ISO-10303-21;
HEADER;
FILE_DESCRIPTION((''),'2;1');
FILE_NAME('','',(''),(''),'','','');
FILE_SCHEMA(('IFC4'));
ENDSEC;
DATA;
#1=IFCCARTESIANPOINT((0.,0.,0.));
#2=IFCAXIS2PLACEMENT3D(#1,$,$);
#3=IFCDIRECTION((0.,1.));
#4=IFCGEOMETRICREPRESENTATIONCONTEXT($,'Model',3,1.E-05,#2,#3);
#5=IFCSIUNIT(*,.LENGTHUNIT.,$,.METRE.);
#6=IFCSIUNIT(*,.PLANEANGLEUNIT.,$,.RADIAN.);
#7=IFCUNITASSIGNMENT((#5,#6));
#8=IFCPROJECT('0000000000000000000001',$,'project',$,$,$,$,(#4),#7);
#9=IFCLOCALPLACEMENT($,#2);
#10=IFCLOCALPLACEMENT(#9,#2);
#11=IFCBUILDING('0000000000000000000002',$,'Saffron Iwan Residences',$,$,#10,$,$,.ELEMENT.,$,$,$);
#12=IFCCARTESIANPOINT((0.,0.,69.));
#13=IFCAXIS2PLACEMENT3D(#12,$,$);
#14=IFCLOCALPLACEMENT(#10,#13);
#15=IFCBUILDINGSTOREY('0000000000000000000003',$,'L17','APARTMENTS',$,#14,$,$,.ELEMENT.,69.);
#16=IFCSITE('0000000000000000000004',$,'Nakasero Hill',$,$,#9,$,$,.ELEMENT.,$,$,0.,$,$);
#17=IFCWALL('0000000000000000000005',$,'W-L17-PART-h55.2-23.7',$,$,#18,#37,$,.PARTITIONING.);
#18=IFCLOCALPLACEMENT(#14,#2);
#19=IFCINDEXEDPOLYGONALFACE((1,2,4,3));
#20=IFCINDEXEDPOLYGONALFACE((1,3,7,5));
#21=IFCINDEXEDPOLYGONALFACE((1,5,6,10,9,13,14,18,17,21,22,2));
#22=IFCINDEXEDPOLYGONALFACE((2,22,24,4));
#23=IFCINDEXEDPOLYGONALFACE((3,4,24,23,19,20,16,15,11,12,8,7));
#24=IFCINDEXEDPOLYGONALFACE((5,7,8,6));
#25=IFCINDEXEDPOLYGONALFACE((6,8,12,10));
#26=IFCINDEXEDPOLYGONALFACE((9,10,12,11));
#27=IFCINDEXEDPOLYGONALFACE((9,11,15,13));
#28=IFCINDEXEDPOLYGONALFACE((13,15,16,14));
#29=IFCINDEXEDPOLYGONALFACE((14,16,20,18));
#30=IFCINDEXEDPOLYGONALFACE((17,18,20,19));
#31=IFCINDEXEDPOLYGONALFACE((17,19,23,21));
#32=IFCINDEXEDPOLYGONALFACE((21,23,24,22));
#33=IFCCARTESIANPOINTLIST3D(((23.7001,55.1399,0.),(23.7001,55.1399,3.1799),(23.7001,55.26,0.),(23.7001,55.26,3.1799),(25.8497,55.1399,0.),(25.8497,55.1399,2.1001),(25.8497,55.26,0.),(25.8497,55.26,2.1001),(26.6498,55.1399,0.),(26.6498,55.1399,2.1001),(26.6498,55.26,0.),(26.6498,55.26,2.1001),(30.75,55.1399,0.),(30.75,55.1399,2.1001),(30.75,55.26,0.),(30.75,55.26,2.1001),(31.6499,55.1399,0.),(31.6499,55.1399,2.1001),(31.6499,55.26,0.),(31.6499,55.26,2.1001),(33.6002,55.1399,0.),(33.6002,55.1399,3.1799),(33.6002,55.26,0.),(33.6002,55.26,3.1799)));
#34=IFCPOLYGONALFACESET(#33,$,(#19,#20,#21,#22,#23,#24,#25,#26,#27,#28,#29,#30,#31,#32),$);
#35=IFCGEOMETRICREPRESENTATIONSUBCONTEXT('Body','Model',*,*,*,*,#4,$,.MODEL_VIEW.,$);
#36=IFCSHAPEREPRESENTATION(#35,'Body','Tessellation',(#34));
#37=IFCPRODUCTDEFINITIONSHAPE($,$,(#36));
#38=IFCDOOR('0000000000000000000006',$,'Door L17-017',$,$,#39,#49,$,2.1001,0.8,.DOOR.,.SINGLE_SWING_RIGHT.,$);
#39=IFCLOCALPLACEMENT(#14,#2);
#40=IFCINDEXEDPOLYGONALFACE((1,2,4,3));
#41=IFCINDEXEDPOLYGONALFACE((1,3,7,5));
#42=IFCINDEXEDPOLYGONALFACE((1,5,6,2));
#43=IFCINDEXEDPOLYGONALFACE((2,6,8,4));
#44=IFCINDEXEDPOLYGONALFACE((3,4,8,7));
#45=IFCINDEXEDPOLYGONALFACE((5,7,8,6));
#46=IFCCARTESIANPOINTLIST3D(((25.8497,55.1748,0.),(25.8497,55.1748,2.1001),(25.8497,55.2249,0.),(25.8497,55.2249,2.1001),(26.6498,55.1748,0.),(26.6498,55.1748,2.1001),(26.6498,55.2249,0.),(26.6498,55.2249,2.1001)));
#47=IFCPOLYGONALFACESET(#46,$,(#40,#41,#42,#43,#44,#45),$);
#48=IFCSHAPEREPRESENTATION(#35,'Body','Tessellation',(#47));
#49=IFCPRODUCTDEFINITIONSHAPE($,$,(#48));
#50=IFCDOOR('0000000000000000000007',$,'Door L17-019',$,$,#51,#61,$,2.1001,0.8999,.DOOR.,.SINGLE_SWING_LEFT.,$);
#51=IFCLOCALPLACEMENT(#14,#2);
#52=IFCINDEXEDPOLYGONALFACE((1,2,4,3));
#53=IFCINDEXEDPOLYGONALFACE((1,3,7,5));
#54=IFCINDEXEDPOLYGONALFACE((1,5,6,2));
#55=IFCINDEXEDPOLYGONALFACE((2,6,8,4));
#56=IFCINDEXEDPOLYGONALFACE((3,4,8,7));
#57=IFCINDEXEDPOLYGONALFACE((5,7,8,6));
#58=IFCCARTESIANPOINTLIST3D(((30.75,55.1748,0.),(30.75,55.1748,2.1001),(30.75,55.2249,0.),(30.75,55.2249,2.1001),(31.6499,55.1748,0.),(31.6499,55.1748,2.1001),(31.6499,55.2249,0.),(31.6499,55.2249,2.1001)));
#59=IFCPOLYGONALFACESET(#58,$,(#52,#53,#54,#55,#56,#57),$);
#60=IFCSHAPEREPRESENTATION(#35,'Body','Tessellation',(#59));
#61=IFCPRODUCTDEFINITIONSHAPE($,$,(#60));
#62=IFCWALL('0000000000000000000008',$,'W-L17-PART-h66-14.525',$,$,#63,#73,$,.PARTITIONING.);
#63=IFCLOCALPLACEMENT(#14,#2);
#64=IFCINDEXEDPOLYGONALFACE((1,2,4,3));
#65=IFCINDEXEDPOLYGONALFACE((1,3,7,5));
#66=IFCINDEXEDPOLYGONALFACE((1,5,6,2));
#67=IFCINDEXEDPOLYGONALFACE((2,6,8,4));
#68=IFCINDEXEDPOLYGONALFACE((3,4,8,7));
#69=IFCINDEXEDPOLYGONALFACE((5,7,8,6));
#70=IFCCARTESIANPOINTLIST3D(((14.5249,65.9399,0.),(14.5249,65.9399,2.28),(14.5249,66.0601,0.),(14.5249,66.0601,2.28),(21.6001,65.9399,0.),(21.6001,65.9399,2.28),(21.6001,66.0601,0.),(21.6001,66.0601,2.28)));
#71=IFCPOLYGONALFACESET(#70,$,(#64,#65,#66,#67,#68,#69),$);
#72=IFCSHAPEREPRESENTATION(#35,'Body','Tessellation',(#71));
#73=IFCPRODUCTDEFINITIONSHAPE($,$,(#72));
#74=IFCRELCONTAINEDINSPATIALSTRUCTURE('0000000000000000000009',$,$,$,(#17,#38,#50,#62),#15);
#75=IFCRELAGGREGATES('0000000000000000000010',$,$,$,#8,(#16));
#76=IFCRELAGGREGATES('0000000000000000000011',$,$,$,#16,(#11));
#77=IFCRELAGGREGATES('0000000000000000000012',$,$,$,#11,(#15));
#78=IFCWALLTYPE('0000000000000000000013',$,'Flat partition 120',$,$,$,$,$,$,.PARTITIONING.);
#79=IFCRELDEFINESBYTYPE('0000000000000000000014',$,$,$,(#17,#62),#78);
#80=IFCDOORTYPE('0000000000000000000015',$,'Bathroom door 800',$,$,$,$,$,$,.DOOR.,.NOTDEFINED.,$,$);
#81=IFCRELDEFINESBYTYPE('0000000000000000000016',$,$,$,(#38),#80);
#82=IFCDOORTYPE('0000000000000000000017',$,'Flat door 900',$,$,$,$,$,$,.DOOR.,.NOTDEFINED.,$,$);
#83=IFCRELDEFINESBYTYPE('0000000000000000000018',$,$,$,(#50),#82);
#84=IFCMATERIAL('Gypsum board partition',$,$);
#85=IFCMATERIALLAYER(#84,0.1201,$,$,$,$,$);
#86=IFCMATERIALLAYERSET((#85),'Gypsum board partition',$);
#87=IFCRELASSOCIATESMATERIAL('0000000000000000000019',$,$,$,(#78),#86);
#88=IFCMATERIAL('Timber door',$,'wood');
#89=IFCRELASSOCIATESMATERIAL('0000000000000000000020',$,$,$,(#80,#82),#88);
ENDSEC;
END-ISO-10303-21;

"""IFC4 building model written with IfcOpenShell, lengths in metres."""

from ifc_helpers import new_model, si_unit, direction, frame, frame_2d, origin, place, context, subcontext, project, spatial, rectangle, extrude, material, layer, layer_set, type_object, element, fill, save


model = new_model("IFC4")

# Units and contexts
model_context = context("Model", 3, precision=1e-05, world=origin(), true_north=direction((0.0, 1.0)))
body_context = subcontext(model_context, "Body", "Model", "MODEL_VIEW")
ifc_project = project(units=[si_unit("LENGTHUNIT", "METRE"), si_unit("PLANEANGLEUNIT", "RADIAN")], contexts=[model_context])

# Site, building, storey
site_placement = place(None, origin())
site = spatial("IfcSite", under=ifc_project, at=site_placement, Name="Nakasero Hill", CompositionType="ELEMENT", RefElevation=0.0)
building_placement = place(site_placement, origin())
building = spatial("IfcBuilding", under=site, at=building_placement, Name="Saffron Iwan Residences", CompositionType="ELEMENT")
storey_placement = place(building_placement, frame((0.0, 0.0, 69.0)))
storey = spatial("IfcBuildingStorey", under=building, at=storey_placement, Name="L17", Description="APARTMENTS", CompositionType="ELEMENT", Elevation=69.0)

# Wall, openings, doors
ifc_material_1 = material(Name="Gypsum board partition")
ifc_layer_1 = layer(ifc_material_1, 0.1201)
ifc_layer_set_1 = layer_set([ifc_layer_1], Name="Gypsum board partition")
wall_type_1 = type_object("IfcWallType", Name="Flat partition 120", PredefinedType="PARTITIONING", material=ifc_layer_set_1)
wall_1_placement = place(storey_placement, frame((23.7, 55.2, 0.0), z_axis=(0.0, 0.0, 1.0), x_axis=(1.0, 0.0, 0.0)))
wall_1 = element("IfcWall", 1, at=wall_1_placement, inside=storey, type_object=wall_type_1, Name="W-L17-PART-h55.2-23.7", PredefinedType="PARTITIONING", context=body_context, shape_type="SweptSolid", body=[
    extrude(rectangle(XDim=9.9001, YDim=0.1201, at=frame_2d((4.9502, 0.0))), origin(), (0.0, 0.0, 1.0), 3.1799),
])
opening_1_placement = place(wall_1_placement, frame((2.1499, 0.0, 0.0)))
opening_1 = element("IfcOpeningElement", 2, at=opening_1_placement, cuts=wall_1, PredefinedType="OPENING", context=body_context, shape_type="SweptSolid", body=[
    extrude(rectangle(XDim=0.8, YDim=2.1001, at=frame_2d((0.3999, 1.05))), frame((0.0, 0.0701, 0.0), z_axis=(0.0, -1.0, 0.0), x_axis=(1.0, 0.0, 0.0)), (0.0, 0.0, 1.0), 0.1401),
])
opening_2_placement = place(wall_1_placement, frame((7.05, 0.0, 0.0)))
opening_2 = element("IfcOpeningElement", 3, at=opening_2_placement, cuts=wall_1, PredefinedType="OPENING", context=body_context, shape_type="SweptSolid", body=[
    extrude(rectangle(XDim=0.8999, YDim=2.1001, at=frame_2d((0.45, 1.05))), frame((0.0, 0.0701, 0.0), z_axis=(0.0, -1.0, 0.0), x_axis=(1.0, 0.0, 0.0)), (0.0, 0.0, 1.0), 0.1401),
])
ifc_material_2 = material(Name="Timber door", Category="wood")
door_type_1 = type_object("IfcDoorType", Name="Bathroom door 800", OperationType="NOTDEFINED", PredefinedType="DOOR", material=ifc_material_2)
door_1_placement = place(opening_1_placement, origin())
door_1 = element("IfcDoor", 4, at=door_1_placement, inside=storey, type_object=door_type_1, Name="Door L17-017", OperationType="SINGLE_SWING_RIGHT", OverallHeight=2.1001, OverallWidth=0.8, PredefinedType="DOOR", context=body_context, shape_type="SweptSolid", body=[
    extrude(rectangle(XDim=0.8, YDim=2.1001, at=frame_2d((0.3999, 1.05))), frame((0.0, 0.0249, 0.0), z_axis=(0.0, -1.0, 0.0), x_axis=(1.0, 0.0, 0.0)), (0.0, 0.0, 1.0), 0.05),
])
fill(opening_1, door_1)
door_type_2 = type_object("IfcDoorType", Name="Flat door 900", OperationType="NOTDEFINED", PredefinedType="DOOR", material=ifc_material_2)
door_2_placement = place(opening_2_placement, origin())
door_2 = element("IfcDoor", 5, at=door_2_placement, inside=storey, type_object=door_type_2, Name="Door L17-019", OperationType="SINGLE_SWING_LEFT", OverallHeight=2.1001, OverallWidth=0.8999, PredefinedType="DOOR", context=body_context, shape_type="SweptSolid", body=[
    extrude(rectangle(XDim=0.8999, YDim=2.1001, at=frame_2d((0.45, 1.05))), frame((0.0, 0.0249, 0.0), z_axis=(0.0, -1.0, 0.0), x_axis=(1.0, 0.0, 0.0)), (0.0, 0.0, 1.0), 0.05),
])
fill(opening_2, door_2)

# Wall
wall_2_placement = place(storey_placement, frame((14.5249, 66.0, 0.0), z_axis=(0.0, 0.0, 1.0), x_axis=(1.0, 0.0, 0.0)))
element("IfcWall", 6, at=wall_2_placement, inside=storey, type_object=wall_type_1, Name="W-L17-PART-h66-14.525", PredefinedType="PARTITIONING", context=body_context, shape_type="SweptSolid", body=[
    extrude(rectangle(XDim=7.0752, YDim=0.1201, at=frame_2d((3.5376, 0.0))), origin(), (0.0, 0.0, 1.0), 2.28),
])

save(model, "model.ifc")
